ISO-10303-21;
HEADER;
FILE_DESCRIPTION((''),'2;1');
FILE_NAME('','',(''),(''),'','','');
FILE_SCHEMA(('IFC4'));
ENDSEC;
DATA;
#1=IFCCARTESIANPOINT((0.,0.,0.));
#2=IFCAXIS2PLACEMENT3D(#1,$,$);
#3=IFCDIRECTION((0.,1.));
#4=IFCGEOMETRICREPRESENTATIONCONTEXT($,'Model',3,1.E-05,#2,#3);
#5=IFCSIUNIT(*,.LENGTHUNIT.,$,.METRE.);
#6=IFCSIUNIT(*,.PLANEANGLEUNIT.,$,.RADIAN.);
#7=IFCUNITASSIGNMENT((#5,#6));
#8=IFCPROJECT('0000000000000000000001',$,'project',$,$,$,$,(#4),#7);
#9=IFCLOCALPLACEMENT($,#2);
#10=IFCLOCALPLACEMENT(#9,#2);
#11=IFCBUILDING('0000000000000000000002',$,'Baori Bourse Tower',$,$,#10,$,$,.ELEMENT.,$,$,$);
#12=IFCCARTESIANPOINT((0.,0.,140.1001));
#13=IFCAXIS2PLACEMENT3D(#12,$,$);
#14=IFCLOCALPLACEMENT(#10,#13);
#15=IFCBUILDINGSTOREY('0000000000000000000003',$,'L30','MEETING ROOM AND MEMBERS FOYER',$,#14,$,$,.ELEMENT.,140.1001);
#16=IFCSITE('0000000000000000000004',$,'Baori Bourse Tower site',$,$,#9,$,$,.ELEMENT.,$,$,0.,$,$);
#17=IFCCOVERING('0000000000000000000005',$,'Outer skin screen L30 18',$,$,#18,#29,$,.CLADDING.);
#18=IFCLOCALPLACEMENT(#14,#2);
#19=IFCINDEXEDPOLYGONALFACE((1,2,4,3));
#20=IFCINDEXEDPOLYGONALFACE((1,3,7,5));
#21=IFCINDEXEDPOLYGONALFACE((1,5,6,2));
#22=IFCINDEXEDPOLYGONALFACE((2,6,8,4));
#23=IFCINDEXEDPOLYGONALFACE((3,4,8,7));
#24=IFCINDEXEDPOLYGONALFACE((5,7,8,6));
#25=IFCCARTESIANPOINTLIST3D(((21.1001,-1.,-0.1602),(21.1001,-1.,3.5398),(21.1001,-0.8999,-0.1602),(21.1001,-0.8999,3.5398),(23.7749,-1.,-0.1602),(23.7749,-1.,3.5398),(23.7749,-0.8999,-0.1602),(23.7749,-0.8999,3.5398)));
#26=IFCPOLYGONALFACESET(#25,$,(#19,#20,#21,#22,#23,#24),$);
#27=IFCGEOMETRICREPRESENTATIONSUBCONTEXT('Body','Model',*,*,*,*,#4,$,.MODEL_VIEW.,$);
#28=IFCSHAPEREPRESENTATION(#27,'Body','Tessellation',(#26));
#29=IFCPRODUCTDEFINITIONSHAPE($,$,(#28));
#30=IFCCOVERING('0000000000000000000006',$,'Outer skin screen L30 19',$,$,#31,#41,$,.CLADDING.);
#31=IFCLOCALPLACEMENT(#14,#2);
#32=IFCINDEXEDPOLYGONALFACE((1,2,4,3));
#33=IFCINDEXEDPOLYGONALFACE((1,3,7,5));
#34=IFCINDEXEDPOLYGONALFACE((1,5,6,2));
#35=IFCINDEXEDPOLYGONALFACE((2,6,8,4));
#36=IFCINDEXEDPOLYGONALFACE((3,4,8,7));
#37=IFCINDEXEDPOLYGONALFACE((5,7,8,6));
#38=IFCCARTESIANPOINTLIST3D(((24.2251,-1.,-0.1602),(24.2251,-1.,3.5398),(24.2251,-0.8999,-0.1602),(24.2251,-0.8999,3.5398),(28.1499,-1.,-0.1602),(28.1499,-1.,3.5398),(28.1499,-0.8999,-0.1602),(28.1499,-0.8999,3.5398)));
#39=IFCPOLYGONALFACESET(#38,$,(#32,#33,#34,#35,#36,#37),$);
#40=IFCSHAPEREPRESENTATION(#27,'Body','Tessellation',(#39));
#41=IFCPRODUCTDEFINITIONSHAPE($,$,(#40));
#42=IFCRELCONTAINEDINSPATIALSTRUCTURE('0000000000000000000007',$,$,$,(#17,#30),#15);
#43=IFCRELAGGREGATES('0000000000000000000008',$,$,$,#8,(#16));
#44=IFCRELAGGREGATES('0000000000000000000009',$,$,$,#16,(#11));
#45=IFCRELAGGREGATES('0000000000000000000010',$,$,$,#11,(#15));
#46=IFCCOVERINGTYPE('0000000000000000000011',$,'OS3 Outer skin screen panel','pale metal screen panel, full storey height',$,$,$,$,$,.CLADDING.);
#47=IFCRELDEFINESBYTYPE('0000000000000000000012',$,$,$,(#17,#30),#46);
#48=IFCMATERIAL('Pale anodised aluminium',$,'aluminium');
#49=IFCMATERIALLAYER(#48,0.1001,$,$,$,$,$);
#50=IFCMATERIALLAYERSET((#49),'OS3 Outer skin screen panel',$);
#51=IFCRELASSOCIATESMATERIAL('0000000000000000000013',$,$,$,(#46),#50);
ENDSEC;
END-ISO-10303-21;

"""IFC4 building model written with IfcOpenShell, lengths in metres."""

from ifc_helpers import new_model, si_unit, direction, frame, origin, place, context, subcontext, project, spatial, polyline, outline, extrude, material, layer, layer_set, type_object, element, save


model = new_model("IFC4")

# Units and contexts
model_context = context("Model", 3, precision=1e-05, world=origin(), true_north=direction((0.0, 1.0)))
body_context = subcontext(model_context, "Body", "Model", "MODEL_VIEW")
ifc_project = project(units=[si_unit("LENGTHUNIT", "METRE"), si_unit("PLANEANGLEUNIT", "RADIAN")], contexts=[model_context])

# Site, building, storey
site_placement = place(None, origin())
site = spatial("IfcSite", under=ifc_project, at=site_placement, Name="Baori Bourse Tower site", CompositionType="ELEMENT", RefElevation=0.0)
building_placement = place(site_placement, origin())
building = spatial("IfcBuilding", under=site, at=building_placement, Name="Baori Bourse Tower", CompositionType="ELEMENT")
storey_placement = place(building_placement, frame((0.0, 0.0, 140.1001)))
storey = spatial("IfcBuildingStorey", under=building, at=storey_placement, Name="L30", Description="MEETING ROOM AND MEMBERS FOYER", CompositionType="ELEMENT", Elevation=140.1001)

# Coverings
ifc_material_1 = material(Name="Pale anodised aluminium", Category="aluminium")
ifc_layer_1 = layer(ifc_material_1, 0.1001)
ifc_layer_set_1 = layer_set([ifc_layer_1], Name="OS3 Outer skin screen panel")
covering_type = type_object("IfcCoveringType", Name="OS3 Outer skin screen panel", Description="pale metal screen panel, full storey height", PredefinedType="CLADDING", material=ifc_layer_set_1)
covering_1_placement = place(storey_placement, frame((0.0, 0.0, -0.1602)))
element("IfcCovering", 1, at=covering_1_placement, inside=storey, type_object=covering_type, Name="Outer skin screen L30 18", PredefinedType="CLADDING", context=body_context, shape_type="SweptSolid", body=[
    extrude(outline(polyline([(23.7749, -0.8999), (21.1001, -0.8999), (21.1001, -1.0), (23.7749, -1.0), (23.7749, -0.8999)])), origin(), (0.0, 0.0, 1.0), 3.7),
])
covering_2_placement = place(storey_placement, frame((0.0, 0.0, -0.1602)))
element("IfcCovering", 2, at=covering_2_placement, inside=storey, type_object=covering_type, Name="Outer skin screen L30 19", PredefinedType="CLADDING", context=body_context, shape_type="SweptSolid", body=[
    extrude(outline(polyline([(28.1499, -0.8999), (24.2251, -0.8999), (24.2251, -1.0), (28.1499, -1.0), (28.1499, -0.8999)])), origin(), (0.0, 0.0, 1.0), 3.7),
])

save(model, "model.ifc")
